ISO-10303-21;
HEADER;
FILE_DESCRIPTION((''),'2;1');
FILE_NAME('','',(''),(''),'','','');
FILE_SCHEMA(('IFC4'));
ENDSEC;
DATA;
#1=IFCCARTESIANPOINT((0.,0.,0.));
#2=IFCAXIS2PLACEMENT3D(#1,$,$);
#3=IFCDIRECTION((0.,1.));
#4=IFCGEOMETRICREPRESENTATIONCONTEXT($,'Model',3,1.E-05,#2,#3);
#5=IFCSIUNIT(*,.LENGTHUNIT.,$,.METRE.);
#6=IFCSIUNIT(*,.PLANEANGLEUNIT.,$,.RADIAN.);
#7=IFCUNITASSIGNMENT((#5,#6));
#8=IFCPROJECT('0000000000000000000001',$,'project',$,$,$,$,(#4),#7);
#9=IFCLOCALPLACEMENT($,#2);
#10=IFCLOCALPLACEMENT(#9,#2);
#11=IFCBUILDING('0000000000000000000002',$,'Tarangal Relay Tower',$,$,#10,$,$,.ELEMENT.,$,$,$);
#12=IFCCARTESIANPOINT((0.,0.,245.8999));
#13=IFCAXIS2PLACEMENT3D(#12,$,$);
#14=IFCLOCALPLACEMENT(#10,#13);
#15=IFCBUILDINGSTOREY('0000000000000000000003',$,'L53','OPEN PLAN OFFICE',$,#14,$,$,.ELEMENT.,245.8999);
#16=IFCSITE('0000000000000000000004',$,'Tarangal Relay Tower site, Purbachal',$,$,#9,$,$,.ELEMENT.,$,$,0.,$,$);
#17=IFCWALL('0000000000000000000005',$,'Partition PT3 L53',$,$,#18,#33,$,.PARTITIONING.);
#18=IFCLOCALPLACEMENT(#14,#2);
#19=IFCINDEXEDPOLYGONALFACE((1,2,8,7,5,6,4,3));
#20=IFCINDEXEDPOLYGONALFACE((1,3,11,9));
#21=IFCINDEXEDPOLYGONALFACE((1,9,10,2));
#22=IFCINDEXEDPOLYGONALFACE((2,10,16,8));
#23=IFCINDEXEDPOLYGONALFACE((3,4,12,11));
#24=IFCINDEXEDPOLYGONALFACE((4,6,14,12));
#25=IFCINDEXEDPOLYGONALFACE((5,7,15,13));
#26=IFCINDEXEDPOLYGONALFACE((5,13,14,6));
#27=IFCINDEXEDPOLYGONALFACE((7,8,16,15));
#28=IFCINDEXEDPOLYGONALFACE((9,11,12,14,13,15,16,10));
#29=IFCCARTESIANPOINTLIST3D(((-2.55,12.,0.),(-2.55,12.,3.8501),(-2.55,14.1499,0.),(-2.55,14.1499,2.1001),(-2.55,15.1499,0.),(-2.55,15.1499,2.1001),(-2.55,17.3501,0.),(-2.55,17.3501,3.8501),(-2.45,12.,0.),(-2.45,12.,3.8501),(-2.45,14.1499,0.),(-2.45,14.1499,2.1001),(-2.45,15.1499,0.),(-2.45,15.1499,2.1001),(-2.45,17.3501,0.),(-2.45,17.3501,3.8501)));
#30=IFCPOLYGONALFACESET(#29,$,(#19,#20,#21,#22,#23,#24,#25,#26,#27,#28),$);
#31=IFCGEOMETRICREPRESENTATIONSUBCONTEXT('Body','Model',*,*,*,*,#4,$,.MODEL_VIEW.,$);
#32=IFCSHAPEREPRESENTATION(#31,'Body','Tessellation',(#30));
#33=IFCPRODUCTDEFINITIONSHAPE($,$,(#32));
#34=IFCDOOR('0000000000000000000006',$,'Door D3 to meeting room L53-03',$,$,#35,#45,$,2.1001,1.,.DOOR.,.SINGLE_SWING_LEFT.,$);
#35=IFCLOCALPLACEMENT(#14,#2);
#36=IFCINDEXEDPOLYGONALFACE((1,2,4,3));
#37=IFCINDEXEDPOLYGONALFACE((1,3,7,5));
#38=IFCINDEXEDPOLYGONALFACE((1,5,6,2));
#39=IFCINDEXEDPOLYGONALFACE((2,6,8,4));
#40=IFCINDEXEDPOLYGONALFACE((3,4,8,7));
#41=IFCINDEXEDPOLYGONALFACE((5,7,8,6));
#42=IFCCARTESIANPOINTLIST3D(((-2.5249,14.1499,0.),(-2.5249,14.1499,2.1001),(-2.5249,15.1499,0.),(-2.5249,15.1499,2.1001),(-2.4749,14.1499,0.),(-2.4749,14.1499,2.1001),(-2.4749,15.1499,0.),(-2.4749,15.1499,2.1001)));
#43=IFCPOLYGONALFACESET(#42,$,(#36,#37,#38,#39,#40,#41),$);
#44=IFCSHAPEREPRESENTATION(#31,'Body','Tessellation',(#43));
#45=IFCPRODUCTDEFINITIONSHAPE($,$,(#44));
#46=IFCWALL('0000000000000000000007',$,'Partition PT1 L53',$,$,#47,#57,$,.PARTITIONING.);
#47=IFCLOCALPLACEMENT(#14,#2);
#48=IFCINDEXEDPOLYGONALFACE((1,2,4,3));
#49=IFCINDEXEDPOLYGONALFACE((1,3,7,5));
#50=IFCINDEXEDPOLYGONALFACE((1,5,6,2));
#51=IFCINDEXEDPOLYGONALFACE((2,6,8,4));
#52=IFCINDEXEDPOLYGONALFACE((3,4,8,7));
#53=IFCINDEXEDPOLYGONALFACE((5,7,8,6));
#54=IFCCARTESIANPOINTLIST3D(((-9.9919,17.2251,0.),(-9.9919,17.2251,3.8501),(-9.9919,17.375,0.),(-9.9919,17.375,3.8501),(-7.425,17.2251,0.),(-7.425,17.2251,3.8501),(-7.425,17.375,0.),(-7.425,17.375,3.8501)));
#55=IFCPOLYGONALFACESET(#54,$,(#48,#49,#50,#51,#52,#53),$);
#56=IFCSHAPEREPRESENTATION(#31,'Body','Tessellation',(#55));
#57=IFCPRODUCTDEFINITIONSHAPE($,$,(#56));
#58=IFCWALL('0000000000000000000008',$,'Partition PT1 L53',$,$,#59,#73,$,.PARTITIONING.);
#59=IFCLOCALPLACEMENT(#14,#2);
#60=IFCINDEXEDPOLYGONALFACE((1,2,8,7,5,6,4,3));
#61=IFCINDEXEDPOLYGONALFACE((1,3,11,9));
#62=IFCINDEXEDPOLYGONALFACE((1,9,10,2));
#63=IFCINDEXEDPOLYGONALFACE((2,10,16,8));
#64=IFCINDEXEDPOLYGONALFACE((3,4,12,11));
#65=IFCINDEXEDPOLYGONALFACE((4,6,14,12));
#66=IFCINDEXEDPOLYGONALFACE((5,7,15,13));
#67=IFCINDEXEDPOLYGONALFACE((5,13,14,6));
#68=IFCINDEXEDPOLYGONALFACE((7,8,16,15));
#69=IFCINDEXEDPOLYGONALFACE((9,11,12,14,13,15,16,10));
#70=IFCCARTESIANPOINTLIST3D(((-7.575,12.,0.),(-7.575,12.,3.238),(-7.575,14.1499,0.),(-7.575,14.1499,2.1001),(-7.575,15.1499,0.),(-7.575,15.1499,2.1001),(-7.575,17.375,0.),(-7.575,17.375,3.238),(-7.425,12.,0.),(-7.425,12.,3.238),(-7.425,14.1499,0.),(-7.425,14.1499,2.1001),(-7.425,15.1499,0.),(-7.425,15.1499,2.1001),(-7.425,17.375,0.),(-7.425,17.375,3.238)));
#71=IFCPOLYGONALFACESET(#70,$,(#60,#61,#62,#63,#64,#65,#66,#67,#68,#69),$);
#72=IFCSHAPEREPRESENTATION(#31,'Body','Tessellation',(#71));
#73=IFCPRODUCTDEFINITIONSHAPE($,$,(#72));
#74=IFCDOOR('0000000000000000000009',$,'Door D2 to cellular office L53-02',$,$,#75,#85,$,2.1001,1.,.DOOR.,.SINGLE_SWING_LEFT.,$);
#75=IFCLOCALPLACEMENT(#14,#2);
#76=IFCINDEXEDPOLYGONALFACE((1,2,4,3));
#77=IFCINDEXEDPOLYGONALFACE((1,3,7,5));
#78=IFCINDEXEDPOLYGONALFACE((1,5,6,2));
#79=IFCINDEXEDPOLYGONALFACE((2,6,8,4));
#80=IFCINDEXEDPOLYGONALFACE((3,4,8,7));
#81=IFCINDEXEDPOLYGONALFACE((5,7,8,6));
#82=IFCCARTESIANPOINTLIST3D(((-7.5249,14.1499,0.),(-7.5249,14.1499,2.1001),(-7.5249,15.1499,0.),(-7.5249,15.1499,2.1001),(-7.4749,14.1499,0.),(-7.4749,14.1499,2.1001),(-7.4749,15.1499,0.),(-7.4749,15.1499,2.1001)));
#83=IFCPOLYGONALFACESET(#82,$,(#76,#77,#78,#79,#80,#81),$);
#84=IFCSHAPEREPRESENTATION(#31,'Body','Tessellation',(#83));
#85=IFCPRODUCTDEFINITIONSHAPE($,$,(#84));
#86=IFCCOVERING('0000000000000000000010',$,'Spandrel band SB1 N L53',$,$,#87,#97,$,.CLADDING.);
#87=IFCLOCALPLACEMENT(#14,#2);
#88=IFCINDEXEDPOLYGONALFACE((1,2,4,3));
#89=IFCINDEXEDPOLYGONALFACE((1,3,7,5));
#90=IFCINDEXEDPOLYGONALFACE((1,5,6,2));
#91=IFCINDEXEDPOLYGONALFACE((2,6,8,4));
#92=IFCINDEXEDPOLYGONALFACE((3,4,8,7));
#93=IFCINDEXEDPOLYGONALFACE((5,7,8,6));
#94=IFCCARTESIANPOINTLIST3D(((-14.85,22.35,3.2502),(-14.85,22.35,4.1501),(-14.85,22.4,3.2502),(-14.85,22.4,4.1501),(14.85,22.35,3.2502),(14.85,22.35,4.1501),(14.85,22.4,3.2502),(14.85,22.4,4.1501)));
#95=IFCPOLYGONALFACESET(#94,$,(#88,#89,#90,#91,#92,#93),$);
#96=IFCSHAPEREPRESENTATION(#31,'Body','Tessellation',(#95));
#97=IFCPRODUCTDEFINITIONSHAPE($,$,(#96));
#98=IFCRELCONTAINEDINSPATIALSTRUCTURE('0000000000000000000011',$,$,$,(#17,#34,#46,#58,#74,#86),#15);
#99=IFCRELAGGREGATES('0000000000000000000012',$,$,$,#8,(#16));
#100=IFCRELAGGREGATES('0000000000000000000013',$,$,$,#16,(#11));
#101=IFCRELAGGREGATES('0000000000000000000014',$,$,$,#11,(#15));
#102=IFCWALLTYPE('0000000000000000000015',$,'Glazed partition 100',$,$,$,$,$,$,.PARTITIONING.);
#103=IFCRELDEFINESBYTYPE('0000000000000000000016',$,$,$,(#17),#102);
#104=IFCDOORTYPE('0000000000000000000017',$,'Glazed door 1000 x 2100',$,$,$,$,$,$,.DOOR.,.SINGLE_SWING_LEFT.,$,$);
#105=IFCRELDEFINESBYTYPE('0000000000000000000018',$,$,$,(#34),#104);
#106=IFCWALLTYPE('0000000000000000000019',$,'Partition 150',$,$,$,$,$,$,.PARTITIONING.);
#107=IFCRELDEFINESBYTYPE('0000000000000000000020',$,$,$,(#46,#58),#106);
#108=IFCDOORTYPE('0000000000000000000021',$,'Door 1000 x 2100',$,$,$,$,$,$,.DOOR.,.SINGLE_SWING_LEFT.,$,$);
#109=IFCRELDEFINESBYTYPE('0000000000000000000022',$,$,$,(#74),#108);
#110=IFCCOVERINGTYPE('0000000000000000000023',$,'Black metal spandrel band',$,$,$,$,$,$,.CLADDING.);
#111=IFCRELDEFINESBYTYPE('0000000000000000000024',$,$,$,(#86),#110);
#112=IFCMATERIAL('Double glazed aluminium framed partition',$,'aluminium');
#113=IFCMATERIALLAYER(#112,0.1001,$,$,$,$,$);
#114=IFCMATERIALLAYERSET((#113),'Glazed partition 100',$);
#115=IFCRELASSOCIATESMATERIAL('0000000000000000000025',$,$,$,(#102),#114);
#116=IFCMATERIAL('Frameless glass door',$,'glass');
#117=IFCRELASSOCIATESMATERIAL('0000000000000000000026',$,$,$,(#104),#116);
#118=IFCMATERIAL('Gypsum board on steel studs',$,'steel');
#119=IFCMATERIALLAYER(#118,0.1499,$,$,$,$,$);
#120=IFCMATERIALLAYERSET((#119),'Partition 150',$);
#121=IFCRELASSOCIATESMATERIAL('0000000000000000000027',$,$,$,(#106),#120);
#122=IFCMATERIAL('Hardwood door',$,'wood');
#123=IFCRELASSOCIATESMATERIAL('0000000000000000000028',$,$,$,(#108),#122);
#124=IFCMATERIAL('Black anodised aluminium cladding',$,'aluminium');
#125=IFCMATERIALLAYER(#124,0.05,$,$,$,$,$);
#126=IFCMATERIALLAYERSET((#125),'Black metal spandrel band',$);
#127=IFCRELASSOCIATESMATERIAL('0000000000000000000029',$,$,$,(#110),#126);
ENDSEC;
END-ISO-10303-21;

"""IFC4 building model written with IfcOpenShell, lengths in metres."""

from ifc_helpers import new_model, si_unit, direction, frame, frame_2d, origin, origin_2d, place, context, subcontext, project, spatial, rectangle, extrude, material, layer, layer_set, type_object, element, fill, save


model = new_model("IFC4")

# Units and contexts
model_context = context("Model", 3, precision=1e-05, world=origin(), true_north=direction((0.0, 1.0)))
body_context = subcontext(model_context, "Body", "Model", "MODEL_VIEW")
ifc_project = project(units=[si_unit("LENGTHUNIT", "METRE"), si_unit("PLANEANGLEUNIT", "RADIAN")], contexts=[model_context])

# Site, building, storey
site_placement = place(None, origin())
site = spatial("IfcSite", under=ifc_project, at=site_placement, Name="Tarangal Relay Tower site, Purbachal", CompositionType="ELEMENT", RefElevation=0.0)
building_placement = place(site_placement, origin())
building = spatial("IfcBuilding", under=site, at=building_placement, Name="Tarangal Relay Tower", CompositionType="ELEMENT")
storey_placement = place(building_placement, frame((0.0, 0.0, 245.8999)))
storey = spatial("IfcBuildingStorey", under=building, at=storey_placement, Name="L53", Description="OPEN PLAN OFFICE", CompositionType="ELEMENT", Elevation=245.8999)

# Shared definitions
ifc_material_1 = material(Name="Double glazed aluminium framed partition", Category="aluminium")
ifc_layer_1 = layer(ifc_material_1, 0.1001)
ifc_layer_set_1 = layer_set([ifc_layer_1], Name="Glazed partition 100")
wall_type_1 = type_object("IfcWallType", Name="Glazed partition 100", PredefinedType="PARTITIONING", material=ifc_layer_set_1)

# Wall, opening, door
wall_1_placement = place(storey_placement, frame((-2.5, 12.0, 0.0), z_axis=(0.0, 0.0, 1.0), x_axis=(0.0, 1.0, 0.0)))
wall_1 = element("IfcWall", 1, at=wall_1_placement, inside=storey, type_object=wall_type_1, Name="Partition PT3 L53", PredefinedType="PARTITIONING", context=body_context, shape_type="SweptSolid", body=[
    extrude(rectangle(XDim=5.3501, YDim=0.1001, at=frame_2d((2.675, 0.0))), origin(), (0.0, 0.0, 1.0), 3.8501),
])
opening_1_placement = place(wall_1_placement, frame((2.1499, 0.0, 0.0)))
opening_1 = element("IfcOpeningElement", 2, at=opening_1_placement, cuts=wall_1, PredefinedType="OPENING", context=body_context, shape_type="SweptSolid", body=[
    extrude(rectangle(XDim=1.0, YDim=2.1001, at=frame_2d((0.5, 1.05))), frame((0.0, 0.0601, 0.0), z_axis=(0.0, -1.0, 0.0), x_axis=(1.0, 0.0, 0.0)), (0.0, 0.0, 1.0), 0.1201),
])
ifc_material_2 = material(Name="Frameless glass door", Category="glass")
door_type_1 = type_object("IfcDoorType", Name="Glazed door 1000 x 2100", OperationType="SINGLE_SWING_LEFT", PredefinedType="DOOR", material=ifc_material_2)
door_1_placement = place(opening_1_placement, origin())
door_1 = element("IfcDoor", 3, at=door_1_placement, inside=storey, type_object=door_type_1, Name="Door D3 to meeting room L53-03", OperationType="SINGLE_SWING_LEFT", OverallHeight=2.1001, OverallWidth=1.0, PredefinedType="DOOR", context=body_context, shape_type="SweptSolid", body=[
    extrude(rectangle(XDim=1.0, YDim=2.1001, at=frame_2d((0.5, 1.05))), frame((0.0, 0.0249, 0.0), z_axis=(0.0, -1.0, 0.0), x_axis=(1.0, 0.0, 0.0)), (0.0, 0.0, 1.0), 0.05),
])
fill(opening_1, door_1)

# Wall
ifc_material_3 = material(Name="Gypsum board on steel studs", Category="steel")
ifc_layer_2 = layer(ifc_material_3, 0.1499)
ifc_layer_set_2 = layer_set([ifc_layer_2], Name="Partition 150")
wall_type_2 = type_object("IfcWallType", Name="Partition 150", PredefinedType="PARTITIONING", material=ifc_layer_set_2)
wall_2_placement = place(storey_placement, frame((-9.9919, 17.3, 0.0), z_axis=(0.0, 0.0, 1.0), x_axis=(1.0, 0.0, 0.0)))
element("IfcWall", 4, at=wall_2_placement, inside=storey, type_object=wall_type_2, Name="Partition PT1 L53", PredefinedType="PARTITIONING", context=body_context, shape_type="SweptSolid", body=[
    extrude(rectangle(XDim=2.5669, YDim=0.1499, at=frame_2d((1.2834, 0.0))), origin(), (0.0, 0.0, 1.0), 3.8501),
])

# Wall, opening, door
wall_3_placement = place(storey_placement, frame((-7.5, 12.0, 0.0), z_axis=(0.0, 0.0, 1.0), x_axis=(0.0, 1.0, 0.0)))
wall_3 = element("IfcWall", 5, at=wall_3_placement, inside=storey, type_object=wall_type_2, Name="Partition PT1 L53", PredefinedType="PARTITIONING", context=body_context, shape_type="SweptSolid", body=[
    extrude(rectangle(XDim=5.375, YDim=0.1499, at=frame_2d((2.6875, 0.0))), origin(), (0.0, 0.0, 1.0), 3.238),
])
opening_2_placement = place(wall_3_placement, frame((2.1499, 0.0, 0.0)))
opening_2 = element("IfcOpeningElement", 6, at=opening_2_placement, cuts=wall_3, PredefinedType="OPENING", context=body_context, shape_type="SweptSolid", body=[
    extrude(rectangle(XDim=1.0, YDim=2.1001, at=frame_2d((0.5, 1.05))), frame((0.0, 0.085, 0.0), z_axis=(0.0, -1.0, 0.0), x_axis=(1.0, 0.0, 0.0)), (0.0, 0.0, 1.0), 0.1699),
])
ifc_material_4 = material(Name="Hardwood door", Category="wood")
door_type_2 = type_object("IfcDoorType", Name="Door 1000 x 2100", OperationType="SINGLE_SWING_LEFT", PredefinedType="DOOR", material=ifc_material_4)
door_2_placement = place(opening_2_placement, origin())
door_2 = element("IfcDoor", 7, at=door_2_placement, inside=storey, type_object=door_type_2, Name="Door D2 to cellular office L53-02", OperationType="SINGLE_SWING_LEFT", OverallHeight=2.1001, OverallWidth=1.0, PredefinedType="DOOR", context=body_context, shape_type="SweptSolid", body=[
    extrude(rectangle(XDim=1.0, YDim=2.1001, at=frame_2d((0.5, 1.05))), frame((0.0, 0.0249, 0.0), z_axis=(0.0, -1.0, 0.0), x_axis=(1.0, 0.0, 0.0)), (0.0, 0.0, 1.0), 0.05),
])
fill(opening_2, door_2)

# Covering
ifc_material_5 = material(Name="Black anodised aluminium cladding", Category="aluminium")
ifc_layer_3 = layer(ifc_material_5, 0.05)
ifc_layer_set_3 = layer_set([ifc_layer_3], Name="Black metal spandrel band")
covering_type = type_object("IfcCoveringType", Name="Black metal spandrel band", PredefinedType="CLADDING", material=ifc_layer_set_3)
covering_placement = place(storey_placement, frame((0.0, 22.375, 3.2502), z_axis=(0.0, 0.0, 1.0), x_axis=(1.0, 0.0, 0.0)))
element("IfcCovering", 8, at=covering_placement, inside=storey, type_object=covering_type, Name="Spandrel band SB1 N L53", PredefinedType="CLADDING", context=body_context, shape_type="SweptSolid", body=[
    extrude(rectangle(XDim=29.7, YDim=0.05, at=origin_2d()), origin(), (0.0, 0.0, 1.0), 0.8999),
])

save(model, "model.ifc")
